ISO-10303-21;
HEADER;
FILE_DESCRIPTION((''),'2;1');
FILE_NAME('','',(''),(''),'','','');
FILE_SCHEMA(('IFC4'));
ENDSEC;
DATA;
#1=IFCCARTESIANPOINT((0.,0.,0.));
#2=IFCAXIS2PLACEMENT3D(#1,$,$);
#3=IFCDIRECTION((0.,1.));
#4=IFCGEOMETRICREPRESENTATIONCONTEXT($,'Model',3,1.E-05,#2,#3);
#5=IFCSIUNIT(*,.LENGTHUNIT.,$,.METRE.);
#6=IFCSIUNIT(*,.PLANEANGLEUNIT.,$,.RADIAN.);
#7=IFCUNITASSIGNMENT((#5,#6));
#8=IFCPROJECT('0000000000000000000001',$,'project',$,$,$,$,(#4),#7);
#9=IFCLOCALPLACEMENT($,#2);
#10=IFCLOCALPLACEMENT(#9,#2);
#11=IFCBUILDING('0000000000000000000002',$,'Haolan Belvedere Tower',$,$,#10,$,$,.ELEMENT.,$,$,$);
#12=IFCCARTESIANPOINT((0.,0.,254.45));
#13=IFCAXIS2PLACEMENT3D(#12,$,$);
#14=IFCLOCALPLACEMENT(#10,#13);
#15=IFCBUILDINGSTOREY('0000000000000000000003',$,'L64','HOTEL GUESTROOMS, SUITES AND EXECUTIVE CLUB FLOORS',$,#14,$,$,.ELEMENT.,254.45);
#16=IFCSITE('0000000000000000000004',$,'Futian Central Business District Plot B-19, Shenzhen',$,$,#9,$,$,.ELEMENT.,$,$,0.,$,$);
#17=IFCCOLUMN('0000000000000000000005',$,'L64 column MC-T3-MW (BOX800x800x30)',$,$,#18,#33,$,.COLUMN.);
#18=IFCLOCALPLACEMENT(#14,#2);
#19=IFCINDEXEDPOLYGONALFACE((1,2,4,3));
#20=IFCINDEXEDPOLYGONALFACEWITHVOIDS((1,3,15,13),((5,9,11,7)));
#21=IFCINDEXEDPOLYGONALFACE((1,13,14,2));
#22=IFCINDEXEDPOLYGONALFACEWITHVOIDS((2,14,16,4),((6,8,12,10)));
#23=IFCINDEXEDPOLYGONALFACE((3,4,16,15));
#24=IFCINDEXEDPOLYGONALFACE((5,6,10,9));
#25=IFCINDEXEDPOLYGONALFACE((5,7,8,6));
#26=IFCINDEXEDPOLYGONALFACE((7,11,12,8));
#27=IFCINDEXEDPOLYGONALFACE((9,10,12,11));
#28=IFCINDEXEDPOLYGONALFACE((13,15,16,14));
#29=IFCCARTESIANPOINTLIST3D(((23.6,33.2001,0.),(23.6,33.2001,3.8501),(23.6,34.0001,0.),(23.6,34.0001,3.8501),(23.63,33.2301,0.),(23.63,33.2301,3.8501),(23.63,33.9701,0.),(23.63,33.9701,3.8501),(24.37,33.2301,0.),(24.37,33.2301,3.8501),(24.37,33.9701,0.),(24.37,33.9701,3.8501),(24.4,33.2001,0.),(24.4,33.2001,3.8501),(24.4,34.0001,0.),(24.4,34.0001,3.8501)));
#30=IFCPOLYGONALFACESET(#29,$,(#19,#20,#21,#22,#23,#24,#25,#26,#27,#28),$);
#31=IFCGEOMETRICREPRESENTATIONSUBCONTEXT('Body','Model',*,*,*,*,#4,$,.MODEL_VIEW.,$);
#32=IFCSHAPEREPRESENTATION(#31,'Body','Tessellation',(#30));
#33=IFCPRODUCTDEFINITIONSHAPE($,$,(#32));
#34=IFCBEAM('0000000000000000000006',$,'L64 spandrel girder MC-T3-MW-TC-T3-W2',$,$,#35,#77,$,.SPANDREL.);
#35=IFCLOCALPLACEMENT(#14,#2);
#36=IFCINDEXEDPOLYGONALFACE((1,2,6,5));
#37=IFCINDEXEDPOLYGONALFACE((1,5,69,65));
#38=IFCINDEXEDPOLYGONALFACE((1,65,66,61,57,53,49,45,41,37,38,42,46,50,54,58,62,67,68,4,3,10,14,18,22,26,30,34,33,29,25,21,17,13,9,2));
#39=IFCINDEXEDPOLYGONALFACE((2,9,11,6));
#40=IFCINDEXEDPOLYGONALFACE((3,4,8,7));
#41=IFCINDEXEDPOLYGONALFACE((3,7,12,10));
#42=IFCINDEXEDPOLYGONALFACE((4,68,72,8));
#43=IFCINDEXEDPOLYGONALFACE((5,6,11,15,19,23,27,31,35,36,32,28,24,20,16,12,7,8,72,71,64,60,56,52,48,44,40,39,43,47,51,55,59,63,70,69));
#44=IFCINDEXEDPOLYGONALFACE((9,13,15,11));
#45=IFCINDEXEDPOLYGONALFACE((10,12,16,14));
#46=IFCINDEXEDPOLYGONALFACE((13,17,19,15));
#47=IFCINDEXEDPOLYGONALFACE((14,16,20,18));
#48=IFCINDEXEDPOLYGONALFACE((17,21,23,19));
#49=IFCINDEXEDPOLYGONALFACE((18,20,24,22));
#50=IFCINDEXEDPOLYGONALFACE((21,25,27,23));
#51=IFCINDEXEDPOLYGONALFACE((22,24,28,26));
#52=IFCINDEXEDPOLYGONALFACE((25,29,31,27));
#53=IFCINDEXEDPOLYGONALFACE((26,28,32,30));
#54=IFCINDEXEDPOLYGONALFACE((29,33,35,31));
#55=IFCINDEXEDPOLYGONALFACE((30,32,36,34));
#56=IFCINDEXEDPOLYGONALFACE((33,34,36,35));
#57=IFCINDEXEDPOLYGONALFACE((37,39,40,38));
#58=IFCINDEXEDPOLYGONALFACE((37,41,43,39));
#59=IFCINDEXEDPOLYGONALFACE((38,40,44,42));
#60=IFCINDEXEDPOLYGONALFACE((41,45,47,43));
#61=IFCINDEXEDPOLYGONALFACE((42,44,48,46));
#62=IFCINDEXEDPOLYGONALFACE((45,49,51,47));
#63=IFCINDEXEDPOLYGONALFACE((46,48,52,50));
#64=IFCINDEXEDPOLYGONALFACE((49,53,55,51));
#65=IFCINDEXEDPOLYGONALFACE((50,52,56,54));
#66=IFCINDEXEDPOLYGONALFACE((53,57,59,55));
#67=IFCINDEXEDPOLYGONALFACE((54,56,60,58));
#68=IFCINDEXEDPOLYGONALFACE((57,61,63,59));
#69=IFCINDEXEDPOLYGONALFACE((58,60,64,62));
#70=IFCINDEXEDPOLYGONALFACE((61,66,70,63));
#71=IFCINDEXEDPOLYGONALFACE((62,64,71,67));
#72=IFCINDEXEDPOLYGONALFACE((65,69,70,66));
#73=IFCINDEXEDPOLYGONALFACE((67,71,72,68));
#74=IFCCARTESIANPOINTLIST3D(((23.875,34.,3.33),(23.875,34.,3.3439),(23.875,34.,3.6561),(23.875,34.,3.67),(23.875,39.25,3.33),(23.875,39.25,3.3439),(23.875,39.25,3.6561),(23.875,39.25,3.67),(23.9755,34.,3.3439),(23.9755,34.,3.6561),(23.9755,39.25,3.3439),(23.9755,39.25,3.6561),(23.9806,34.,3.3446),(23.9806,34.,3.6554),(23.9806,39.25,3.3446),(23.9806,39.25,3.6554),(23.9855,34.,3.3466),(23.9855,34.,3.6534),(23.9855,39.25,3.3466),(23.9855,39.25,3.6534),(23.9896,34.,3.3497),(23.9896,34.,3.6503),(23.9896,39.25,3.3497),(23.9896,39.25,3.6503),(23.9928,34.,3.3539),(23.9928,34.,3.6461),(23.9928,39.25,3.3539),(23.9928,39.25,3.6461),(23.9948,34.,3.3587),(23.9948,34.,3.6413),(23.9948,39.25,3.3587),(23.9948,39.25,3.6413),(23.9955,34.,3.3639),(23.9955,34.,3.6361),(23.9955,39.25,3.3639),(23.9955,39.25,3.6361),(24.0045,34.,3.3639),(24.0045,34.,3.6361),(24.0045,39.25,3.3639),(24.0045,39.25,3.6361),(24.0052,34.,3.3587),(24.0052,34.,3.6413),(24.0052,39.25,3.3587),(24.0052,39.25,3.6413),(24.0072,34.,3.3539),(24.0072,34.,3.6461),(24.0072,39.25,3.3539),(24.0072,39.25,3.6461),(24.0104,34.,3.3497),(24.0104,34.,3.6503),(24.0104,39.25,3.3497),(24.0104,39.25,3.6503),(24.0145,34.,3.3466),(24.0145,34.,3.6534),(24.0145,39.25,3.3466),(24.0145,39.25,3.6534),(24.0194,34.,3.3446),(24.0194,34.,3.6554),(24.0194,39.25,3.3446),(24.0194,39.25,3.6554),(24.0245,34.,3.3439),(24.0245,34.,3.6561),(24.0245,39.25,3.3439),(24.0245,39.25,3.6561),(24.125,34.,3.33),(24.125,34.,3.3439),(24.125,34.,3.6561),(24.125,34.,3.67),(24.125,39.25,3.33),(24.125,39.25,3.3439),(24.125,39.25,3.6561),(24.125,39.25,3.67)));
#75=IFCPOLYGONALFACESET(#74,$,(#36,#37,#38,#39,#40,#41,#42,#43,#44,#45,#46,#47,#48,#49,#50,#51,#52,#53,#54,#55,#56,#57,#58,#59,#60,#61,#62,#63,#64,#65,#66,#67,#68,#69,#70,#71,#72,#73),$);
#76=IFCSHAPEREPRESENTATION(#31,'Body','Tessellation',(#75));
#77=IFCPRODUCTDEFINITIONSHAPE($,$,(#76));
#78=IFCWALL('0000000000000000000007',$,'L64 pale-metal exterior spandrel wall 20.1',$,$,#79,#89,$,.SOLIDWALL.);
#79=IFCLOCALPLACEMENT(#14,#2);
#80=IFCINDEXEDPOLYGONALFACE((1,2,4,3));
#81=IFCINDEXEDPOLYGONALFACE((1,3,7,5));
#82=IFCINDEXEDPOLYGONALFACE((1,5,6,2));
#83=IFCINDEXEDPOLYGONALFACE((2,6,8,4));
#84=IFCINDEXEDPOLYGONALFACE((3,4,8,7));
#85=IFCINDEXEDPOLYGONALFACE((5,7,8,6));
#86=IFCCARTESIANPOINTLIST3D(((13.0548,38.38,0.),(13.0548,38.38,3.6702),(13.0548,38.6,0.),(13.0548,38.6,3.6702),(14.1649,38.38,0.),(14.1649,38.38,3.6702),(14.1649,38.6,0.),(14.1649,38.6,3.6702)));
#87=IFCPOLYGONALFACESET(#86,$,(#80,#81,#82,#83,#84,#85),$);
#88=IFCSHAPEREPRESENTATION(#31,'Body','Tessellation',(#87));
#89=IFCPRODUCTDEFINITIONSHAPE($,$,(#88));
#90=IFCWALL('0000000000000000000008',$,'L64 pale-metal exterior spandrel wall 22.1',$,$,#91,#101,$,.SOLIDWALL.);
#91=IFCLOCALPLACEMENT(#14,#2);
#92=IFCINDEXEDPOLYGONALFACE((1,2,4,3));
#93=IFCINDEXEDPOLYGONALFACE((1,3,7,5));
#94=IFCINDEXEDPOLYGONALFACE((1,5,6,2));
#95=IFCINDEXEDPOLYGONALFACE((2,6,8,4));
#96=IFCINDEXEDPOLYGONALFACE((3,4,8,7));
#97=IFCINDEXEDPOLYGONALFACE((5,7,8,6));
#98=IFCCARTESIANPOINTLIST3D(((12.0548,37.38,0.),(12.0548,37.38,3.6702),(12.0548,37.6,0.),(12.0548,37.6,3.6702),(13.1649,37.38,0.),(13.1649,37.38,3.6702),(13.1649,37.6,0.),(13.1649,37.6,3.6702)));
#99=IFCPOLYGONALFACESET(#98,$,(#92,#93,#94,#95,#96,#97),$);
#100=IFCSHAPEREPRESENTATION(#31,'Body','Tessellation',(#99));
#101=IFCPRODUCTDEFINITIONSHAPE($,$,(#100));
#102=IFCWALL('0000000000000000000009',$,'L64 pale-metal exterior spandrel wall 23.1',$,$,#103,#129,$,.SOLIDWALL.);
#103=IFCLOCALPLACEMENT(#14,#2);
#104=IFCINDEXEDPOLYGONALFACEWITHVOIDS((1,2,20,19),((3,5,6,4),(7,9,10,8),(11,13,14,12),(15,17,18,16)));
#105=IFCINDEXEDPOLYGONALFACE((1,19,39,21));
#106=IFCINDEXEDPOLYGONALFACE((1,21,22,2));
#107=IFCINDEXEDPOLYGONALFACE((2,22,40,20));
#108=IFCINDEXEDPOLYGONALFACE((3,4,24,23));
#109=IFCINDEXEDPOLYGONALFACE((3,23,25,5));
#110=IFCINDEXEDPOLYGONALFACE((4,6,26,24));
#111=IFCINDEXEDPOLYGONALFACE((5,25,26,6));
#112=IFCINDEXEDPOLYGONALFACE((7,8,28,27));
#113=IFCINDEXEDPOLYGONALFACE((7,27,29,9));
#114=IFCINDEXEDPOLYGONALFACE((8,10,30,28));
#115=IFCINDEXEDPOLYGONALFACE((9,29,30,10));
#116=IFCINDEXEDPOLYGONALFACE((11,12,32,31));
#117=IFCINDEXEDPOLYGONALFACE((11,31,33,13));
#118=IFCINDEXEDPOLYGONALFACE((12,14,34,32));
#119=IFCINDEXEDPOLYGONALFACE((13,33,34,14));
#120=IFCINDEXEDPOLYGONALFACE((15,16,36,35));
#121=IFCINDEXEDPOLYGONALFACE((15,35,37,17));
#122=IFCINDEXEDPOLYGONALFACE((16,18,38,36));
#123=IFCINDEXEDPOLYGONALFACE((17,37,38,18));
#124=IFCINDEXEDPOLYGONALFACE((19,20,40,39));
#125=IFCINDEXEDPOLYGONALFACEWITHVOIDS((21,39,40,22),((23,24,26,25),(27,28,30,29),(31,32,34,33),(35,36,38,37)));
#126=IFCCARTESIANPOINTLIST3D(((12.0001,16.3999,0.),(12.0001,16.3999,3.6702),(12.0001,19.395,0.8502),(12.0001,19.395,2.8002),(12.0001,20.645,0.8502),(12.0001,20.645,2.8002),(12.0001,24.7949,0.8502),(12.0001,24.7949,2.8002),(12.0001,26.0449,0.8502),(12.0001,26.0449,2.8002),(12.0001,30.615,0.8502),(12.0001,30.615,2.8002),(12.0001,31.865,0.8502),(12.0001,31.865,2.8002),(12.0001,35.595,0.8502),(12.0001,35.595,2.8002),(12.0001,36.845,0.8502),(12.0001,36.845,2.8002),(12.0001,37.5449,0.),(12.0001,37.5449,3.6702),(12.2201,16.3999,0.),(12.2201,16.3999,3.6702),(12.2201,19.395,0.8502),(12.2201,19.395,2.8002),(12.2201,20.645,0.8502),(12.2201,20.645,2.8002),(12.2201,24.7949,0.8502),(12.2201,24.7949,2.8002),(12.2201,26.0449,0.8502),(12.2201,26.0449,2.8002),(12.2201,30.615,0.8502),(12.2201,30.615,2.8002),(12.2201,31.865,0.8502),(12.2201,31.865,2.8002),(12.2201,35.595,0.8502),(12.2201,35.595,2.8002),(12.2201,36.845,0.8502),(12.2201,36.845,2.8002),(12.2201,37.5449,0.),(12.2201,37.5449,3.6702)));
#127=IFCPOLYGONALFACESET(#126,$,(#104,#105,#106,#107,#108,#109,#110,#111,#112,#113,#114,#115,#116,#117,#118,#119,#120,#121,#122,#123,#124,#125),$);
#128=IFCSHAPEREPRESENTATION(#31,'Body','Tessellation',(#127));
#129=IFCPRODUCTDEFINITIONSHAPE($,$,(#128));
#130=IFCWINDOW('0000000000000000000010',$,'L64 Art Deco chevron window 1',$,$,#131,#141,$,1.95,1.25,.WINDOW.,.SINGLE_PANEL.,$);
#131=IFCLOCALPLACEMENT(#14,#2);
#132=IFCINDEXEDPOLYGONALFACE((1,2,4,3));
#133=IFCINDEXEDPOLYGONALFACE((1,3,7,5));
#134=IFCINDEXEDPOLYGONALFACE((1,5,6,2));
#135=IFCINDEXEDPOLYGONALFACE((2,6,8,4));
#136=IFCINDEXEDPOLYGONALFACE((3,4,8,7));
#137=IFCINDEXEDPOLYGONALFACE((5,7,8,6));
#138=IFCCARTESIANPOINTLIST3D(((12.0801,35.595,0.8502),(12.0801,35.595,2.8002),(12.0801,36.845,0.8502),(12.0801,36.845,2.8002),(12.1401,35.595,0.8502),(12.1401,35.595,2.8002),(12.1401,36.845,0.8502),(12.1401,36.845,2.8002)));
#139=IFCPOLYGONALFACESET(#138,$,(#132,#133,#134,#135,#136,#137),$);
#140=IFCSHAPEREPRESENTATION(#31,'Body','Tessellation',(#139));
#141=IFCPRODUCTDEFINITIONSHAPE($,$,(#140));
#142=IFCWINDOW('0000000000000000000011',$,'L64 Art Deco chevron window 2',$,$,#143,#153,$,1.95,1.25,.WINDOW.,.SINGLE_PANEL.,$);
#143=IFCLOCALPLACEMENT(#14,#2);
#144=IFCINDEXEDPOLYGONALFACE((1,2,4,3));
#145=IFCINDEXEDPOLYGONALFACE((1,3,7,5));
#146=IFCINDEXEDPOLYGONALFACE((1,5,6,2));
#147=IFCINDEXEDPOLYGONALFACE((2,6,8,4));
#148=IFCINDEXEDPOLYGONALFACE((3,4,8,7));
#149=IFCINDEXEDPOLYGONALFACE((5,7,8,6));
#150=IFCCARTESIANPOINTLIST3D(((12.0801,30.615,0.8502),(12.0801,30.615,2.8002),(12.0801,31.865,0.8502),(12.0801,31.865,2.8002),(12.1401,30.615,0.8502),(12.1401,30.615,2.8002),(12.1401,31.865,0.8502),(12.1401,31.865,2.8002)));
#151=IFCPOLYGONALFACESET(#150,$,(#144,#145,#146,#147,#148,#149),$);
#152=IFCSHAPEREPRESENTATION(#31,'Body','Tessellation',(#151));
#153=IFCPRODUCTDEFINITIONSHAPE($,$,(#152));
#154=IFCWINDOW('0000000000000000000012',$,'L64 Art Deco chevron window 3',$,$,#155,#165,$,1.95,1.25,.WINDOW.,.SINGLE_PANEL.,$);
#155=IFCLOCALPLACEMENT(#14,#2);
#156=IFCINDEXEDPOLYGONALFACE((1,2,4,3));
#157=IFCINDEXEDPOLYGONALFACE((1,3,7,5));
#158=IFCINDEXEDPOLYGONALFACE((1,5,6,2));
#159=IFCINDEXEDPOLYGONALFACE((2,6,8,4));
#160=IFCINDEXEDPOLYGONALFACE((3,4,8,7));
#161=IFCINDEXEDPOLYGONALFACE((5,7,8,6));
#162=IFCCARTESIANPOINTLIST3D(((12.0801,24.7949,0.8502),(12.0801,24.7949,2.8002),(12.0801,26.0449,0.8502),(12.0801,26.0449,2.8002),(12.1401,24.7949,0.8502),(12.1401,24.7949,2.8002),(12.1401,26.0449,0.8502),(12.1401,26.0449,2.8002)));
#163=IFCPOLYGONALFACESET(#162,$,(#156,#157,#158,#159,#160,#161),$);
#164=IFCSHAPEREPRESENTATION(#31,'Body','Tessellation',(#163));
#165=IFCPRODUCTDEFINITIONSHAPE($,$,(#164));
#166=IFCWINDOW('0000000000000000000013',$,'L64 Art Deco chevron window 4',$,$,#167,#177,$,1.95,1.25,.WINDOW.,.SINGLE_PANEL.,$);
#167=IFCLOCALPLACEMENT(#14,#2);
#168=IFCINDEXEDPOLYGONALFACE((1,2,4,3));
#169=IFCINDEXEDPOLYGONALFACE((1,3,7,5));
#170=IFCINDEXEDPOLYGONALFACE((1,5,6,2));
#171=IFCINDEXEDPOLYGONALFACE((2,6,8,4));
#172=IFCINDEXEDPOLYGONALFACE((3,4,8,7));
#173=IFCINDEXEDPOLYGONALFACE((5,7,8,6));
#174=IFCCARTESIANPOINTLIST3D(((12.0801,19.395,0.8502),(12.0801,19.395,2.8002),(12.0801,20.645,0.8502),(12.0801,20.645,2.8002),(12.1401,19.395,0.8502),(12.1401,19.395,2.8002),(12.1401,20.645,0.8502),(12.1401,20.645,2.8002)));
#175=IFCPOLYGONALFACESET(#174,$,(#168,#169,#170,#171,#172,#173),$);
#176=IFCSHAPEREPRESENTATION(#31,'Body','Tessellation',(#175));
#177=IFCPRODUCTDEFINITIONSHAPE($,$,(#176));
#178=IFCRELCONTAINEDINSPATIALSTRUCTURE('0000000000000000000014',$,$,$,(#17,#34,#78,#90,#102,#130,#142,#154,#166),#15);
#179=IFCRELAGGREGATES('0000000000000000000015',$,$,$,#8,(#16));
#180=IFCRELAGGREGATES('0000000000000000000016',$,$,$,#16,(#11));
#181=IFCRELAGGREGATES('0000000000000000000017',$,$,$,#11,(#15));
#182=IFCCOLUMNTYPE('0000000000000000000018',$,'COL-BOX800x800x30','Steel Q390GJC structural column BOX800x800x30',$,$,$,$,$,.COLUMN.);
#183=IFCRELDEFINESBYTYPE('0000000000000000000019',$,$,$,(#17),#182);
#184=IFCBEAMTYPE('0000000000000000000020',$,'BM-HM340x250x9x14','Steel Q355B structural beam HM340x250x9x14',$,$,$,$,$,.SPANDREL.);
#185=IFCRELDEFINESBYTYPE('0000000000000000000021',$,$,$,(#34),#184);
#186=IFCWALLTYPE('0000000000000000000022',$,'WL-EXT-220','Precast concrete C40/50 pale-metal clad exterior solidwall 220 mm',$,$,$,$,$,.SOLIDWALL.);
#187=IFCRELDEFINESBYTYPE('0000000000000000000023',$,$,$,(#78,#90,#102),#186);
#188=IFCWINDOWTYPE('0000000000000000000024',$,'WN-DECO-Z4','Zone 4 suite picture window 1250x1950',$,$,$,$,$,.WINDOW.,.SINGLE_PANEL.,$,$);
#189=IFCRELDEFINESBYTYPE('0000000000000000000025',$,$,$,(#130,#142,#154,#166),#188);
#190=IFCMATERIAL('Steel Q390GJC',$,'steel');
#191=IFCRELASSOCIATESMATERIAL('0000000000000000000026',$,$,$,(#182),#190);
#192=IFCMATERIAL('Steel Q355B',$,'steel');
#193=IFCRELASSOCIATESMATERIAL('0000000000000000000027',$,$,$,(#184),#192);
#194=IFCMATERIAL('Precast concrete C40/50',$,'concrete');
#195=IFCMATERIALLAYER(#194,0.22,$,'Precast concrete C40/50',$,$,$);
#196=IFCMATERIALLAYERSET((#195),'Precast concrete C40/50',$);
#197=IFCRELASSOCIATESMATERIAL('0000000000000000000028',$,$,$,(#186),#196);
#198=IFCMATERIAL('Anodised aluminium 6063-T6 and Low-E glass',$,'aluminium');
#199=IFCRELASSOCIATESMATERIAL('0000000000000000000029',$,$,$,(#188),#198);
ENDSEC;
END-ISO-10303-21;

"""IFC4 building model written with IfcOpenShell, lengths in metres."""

from ifc_helpers import new_model, si_unit, direction, frame, frame_2d, origin, origin_2d, place, context, subcontext, project, spatial, rectangle, hollow_rectangle, i_section, extrude, material, layer, layer_set, material_profile, profile_set, type_object, element, fill, save


model = new_model("IFC4")

# Units and contexts
model_context = context("Model", 3, precision=1e-05, world=origin(), true_north=direction((0.0, 1.0)))
body_context = subcontext(model_context, "Body", "Model", "MODEL_VIEW")
ifc_project = project(units=[si_unit("LENGTHUNIT", "METRE"), si_unit("PLANEANGLEUNIT", "RADIAN")], contexts=[model_context])

# Site, building, storey
site_placement = place(None, origin())
site = spatial("IfcSite", under=ifc_project, at=site_placement, Name="Futian Central Business District Plot B-19, Shenzhen", CompositionType="ELEMENT", RefElevation=0.0)
building_placement = place(site_placement, origin())
building = spatial("IfcBuilding", under=site, at=building_placement, Name="Haolan Belvedere Tower", CompositionType="ELEMENT")
storey_placement = place(building_placement, frame((0.0, 0.0, 254.45)))
storey = spatial("IfcBuildingStorey", under=building, at=storey_placement, Name="L64", Description="HOTEL GUESTROOMS, SUITES AND EXECUTIVE CLUB FLOORS", CompositionType="ELEMENT", Elevation=254.45)

# Column
ifc_material_1 = material(Name="Steel Q390GJC", Category="steel")
ifc_material_profile_1 = material_profile(ifc_material_1, hollow_rectangle(XDim=0.8, YDim=0.8, WallThickness=0.03, at=origin_2d()), Name="Steel Q390GJC")
ifc_profile_set_1 = profile_set([ifc_material_profile_1], Name="Steel Q390GJC")
column_type = type_object("IfcColumnType", Name="COL-BOX800x800x30", Description="Steel Q390GJC structural column BOX800x800x30", PredefinedType="COLUMN", material=ifc_profile_set_1)
column_placement = place(storey_placement, frame((24.0, 33.6001, 0.0), z_axis=(0.0, 0.0, 1.0), x_axis=(1.0, 0.0, 0.0)))
element("IfcColumn", 1, at=column_placement, inside=storey, type_object=column_type, Name="L64 column MC-T3-MW (BOX800x800x30)", PredefinedType="COLUMN", context=body_context, shape_type="SweptSolid", body=[
    extrude(hollow_rectangle(XDim=0.8, YDim=0.8, WallThickness=0.03, at=origin_2d()), origin(), (0.0, 0.0, 1.0), 3.8501),
])

# Beam
ifc_material_2 = material(Name="Steel Q355B", Category="steel")
ifc_material_profile_2 = material_profile(ifc_material_2, i_section(OverallWidth=0.25, OverallDepth=0.3401, WebThickness=0.009, FlangeThickness=0.0139, FilletRadius=0.02, at=origin_2d()), Name="Steel Q355B")
ifc_profile_set_2 = profile_set([ifc_material_profile_2], Name="Steel Q355B")
beam_type = type_object("IfcBeamType", Name="BM-HM340x250x9x14", Description="Steel Q355B structural beam HM340x250x9x14", PredefinedType="SPANDREL", material=ifc_profile_set_2)
beam_placement = place(storey_placement, frame((24.0, 34.0, 3.5), z_axis=(0.0, 1.0, 0.0), x_axis=(-1.0, 0.0, 0.0)))
element("IfcBeam", 2, at=beam_placement, inside=storey, type_object=beam_type, Name="L64 spandrel girder MC-T3-MW-TC-T3-W2", PredefinedType="SPANDREL", context=body_context, shape_type="SweptSolid", body=[
    extrude(i_section(OverallWidth=0.25, OverallDepth=0.3401, WebThickness=0.009, FlangeThickness=0.0139, FilletRadius=0.02, at=origin_2d()), origin(), (0.0, 0.0, 1.0), 5.25),
])

# Walls
ifc_material_3 = material(Name="Precast concrete C40/50", Category="concrete")
ifc_layer_1 = layer(ifc_material_3, 0.22, Name="Precast concrete C40/50")
ifc_layer_set_1 = layer_set([ifc_layer_1], Name="Precast concrete C40/50")
wall_type_1 = type_object("IfcWallType", Name="WL-EXT-220", Description="Precast concrete C40/50 pale-metal clad exterior solidwall 220 mm", PredefinedType="SOLIDWALL", material=ifc_layer_set_1)
for number, where, z_axis, x_axis, name in (
    (3, (14.165, 38.49, 0.0), (0.0, 0.0, 1.0), (-1.0, 0.0, 0.0), "L64 pale-metal exterior spandrel wall 20.1"),
    (4, (13.165, 37.49, 0.0), (0.0, 0.0, 1.0), (-1.0, 0.0, 0.0), "L64 pale-metal exterior spandrel wall 22.1"),
):
    element("IfcWall", number, at=place(storey_placement, frame(where, z_axis=z_axis, x_axis=x_axis)), inside=storey, type_object=wall_type_1, Name=name, PredefinedType="SOLIDWALL", context=body_context, shape_type="SweptSolid", body=[
        extrude(rectangle(XDim=1.1101, YDim=0.22, at=frame_2d((0.5552, 0.0))), origin(), (0.0, 0.0, 1.0), 3.6702),
    ])

# Wall, openings, windows
wall_1_placement = place(storey_placement, frame((12.1101, 37.5449, 0.0), z_axis=(0.0, 0.0, 1.0), x_axis=(0.0, -1.0, 0.0)))
wall_1 = element("IfcWall", 5, at=wall_1_placement, inside=storey, type_object=wall_type_1, Name="L64 pale-metal exterior spandrel wall 23.1", PredefinedType="SOLIDWALL", context=body_context, shape_type="SweptSolid", body=[
    extrude(rectangle(XDim=21.145, YDim=0.22, at=frame_2d((10.5725, 0.0))), origin(), (0.0, 0.0, 1.0), 3.6702),
])
opening_1_placement = place(wall_1_placement, frame((0.7, 0.0, 0.8501)))
opening_1 = element("IfcOpeningElement", 6, at=opening_1_placement, cuts=wall_1, PredefinedType="OPENING", context=body_context, shape_type="SweptSolid", body=[
    extrude(rectangle(XDim=1.25, YDim=1.95, at=frame_2d((0.625, 0.9751))), frame((0.0, 0.1199, 0.0), z_axis=(0.0, -1.0, 0.0), x_axis=(1.0, 0.0, 0.0)), (0.0, 0.0, 1.0), 0.24),
])
opening_2_placement = place(wall_1_placement, frame((5.6799, 0.0, 0.8501)))
opening_2 = element("IfcOpeningElement", 7, at=opening_2_placement, cuts=wall_1, PredefinedType="OPENING", context=body_context, shape_type="SweptSolid", body=[
    extrude(rectangle(XDim=1.25, YDim=1.95, at=frame_2d((0.625, 0.9751))), frame((0.0, 0.1199, 0.0), z_axis=(0.0, -1.0, 0.0), x_axis=(1.0, 0.0, 0.0)), (0.0, 0.0, 1.0), 0.24),
])
opening_3_placement = place(wall_1_placement, frame((11.5, 0.0, 0.8501)))
opening_3 = element("IfcOpeningElement", 8, at=opening_3_placement, cuts=wall_1, PredefinedType="OPENING", context=body_context, shape_type="SweptSolid", body=[
    extrude(rectangle(XDim=1.25, YDim=1.95, at=frame_2d((0.625, 0.9751))), frame((0.0, 0.1199, 0.0), z_axis=(0.0, -1.0, 0.0), x_axis=(1.0, 0.0, 0.0)), (0.0, 0.0, 1.0), 0.24),
])
opening_4_placement = place(wall_1_placement, frame((16.8999, 0.0, 0.8501)))
opening_4 = element("IfcOpeningElement", 9, at=opening_4_placement, cuts=wall_1, PredefinedType="OPENING", context=body_context, shape_type="SweptSolid", body=[
    extrude(rectangle(XDim=1.25, YDim=1.95, at=frame_2d((0.625, 0.9751))), frame((0.0, 0.1199, 0.0), z_axis=(0.0, -1.0, 0.0), x_axis=(1.0, 0.0, 0.0)), (0.0, 0.0, 1.0), 0.24),
])
ifc_material_4 = material(Name="Anodised aluminium 6063-T6 and Low-E glass", Category="aluminium")
window_type = type_object("IfcWindowType", Name="WN-DECO-Z4", Description="Zone 4 suite picture window 1250x1950", PartitioningType="SINGLE_PANEL", PredefinedType="WINDOW", material=ifc_material_4)
window_1_placement = place(opening_1_placement, origin())
window_1 = element("IfcWindow", 10, at=window_1_placement, inside=storey, type_object=window_type, Name="L64 Art Deco chevron window 1", OverallHeight=1.95, OverallWidth=1.25, PartitioningType="SINGLE_PANEL", PredefinedType="WINDOW", context=body_context, shape_type="SweptSolid", body=[
    extrude(rectangle(XDim=1.25, YDim=1.95, at=frame_2d((0.625, 0.9751))), frame((0.0, 0.03, 0.0), z_axis=(0.0, -1.0, 0.0), x_axis=(1.0, 0.0, 0.0)), (0.0, 0.0, 1.0), 0.0601),
])
fill(opening_1, window_1)
window_2_placement = place(opening_2_placement, origin())
window_2 = element("IfcWindow", 11, at=window_2_placement, inside=storey, type_object=window_type, Name="L64 Art Deco chevron window 2", OverallHeight=1.95, OverallWidth=1.25, PartitioningType="SINGLE_PANEL", PredefinedType="WINDOW", context=body_context, shape_type="SweptSolid", body=[
    extrude(rectangle(XDim=1.25, YDim=1.95, at=frame_2d((0.625, 0.9751))), frame((0.0, 0.03, 0.0), z_axis=(0.0, -1.0, 0.0), x_axis=(1.0, 0.0, 0.0)), (0.0, 0.0, 1.0), 0.0601),
])
fill(opening_2, window_2)
window_3_placement = place(opening_3_placement, origin())
window_3 = element("IfcWindow", 12, at=window_3_placement, inside=storey, type_object=window_type, Name="L64 Art Deco chevron window 3", OverallHeight=1.95, OverallWidth=1.25, PartitioningType="SINGLE_PANEL", PredefinedType="WINDOW", context=body_context, shape_type="SweptSolid", body=[
    extrude(rectangle(XDim=1.25, YDim=1.95, at=frame_2d((0.625, 0.9751))), frame((0.0, 0.03, 0.0), z_axis=(0.0, -1.0, 0.0), x_axis=(1.0, 0.0, 0.0)), (0.0, 0.0, 1.0), 0.0601),
])
fill(opening_3, window_3)
window_4_placement = place(opening_4_placement, origin())
window_4 = element("IfcWindow", 13, at=window_4_placement, inside=storey, type_object=window_type, Name="L64 Art Deco chevron window 4", OverallHeight=1.95, OverallWidth=1.25, PartitioningType="SINGLE_PANEL", PredefinedType="WINDOW", context=body_context, shape_type="SweptSolid", body=[
    extrude(rectangle(XDim=1.25, YDim=1.95, at=frame_2d((0.625, 0.9751))), frame((0.0, 0.03, 0.0), z_axis=(0.0, -1.0, 0.0), x_axis=(1.0, 0.0, 0.0)), (0.0, 0.0, 1.0), 0.0601),
])
fill(opening_4, window_4)

save(model, "model.ifc")
